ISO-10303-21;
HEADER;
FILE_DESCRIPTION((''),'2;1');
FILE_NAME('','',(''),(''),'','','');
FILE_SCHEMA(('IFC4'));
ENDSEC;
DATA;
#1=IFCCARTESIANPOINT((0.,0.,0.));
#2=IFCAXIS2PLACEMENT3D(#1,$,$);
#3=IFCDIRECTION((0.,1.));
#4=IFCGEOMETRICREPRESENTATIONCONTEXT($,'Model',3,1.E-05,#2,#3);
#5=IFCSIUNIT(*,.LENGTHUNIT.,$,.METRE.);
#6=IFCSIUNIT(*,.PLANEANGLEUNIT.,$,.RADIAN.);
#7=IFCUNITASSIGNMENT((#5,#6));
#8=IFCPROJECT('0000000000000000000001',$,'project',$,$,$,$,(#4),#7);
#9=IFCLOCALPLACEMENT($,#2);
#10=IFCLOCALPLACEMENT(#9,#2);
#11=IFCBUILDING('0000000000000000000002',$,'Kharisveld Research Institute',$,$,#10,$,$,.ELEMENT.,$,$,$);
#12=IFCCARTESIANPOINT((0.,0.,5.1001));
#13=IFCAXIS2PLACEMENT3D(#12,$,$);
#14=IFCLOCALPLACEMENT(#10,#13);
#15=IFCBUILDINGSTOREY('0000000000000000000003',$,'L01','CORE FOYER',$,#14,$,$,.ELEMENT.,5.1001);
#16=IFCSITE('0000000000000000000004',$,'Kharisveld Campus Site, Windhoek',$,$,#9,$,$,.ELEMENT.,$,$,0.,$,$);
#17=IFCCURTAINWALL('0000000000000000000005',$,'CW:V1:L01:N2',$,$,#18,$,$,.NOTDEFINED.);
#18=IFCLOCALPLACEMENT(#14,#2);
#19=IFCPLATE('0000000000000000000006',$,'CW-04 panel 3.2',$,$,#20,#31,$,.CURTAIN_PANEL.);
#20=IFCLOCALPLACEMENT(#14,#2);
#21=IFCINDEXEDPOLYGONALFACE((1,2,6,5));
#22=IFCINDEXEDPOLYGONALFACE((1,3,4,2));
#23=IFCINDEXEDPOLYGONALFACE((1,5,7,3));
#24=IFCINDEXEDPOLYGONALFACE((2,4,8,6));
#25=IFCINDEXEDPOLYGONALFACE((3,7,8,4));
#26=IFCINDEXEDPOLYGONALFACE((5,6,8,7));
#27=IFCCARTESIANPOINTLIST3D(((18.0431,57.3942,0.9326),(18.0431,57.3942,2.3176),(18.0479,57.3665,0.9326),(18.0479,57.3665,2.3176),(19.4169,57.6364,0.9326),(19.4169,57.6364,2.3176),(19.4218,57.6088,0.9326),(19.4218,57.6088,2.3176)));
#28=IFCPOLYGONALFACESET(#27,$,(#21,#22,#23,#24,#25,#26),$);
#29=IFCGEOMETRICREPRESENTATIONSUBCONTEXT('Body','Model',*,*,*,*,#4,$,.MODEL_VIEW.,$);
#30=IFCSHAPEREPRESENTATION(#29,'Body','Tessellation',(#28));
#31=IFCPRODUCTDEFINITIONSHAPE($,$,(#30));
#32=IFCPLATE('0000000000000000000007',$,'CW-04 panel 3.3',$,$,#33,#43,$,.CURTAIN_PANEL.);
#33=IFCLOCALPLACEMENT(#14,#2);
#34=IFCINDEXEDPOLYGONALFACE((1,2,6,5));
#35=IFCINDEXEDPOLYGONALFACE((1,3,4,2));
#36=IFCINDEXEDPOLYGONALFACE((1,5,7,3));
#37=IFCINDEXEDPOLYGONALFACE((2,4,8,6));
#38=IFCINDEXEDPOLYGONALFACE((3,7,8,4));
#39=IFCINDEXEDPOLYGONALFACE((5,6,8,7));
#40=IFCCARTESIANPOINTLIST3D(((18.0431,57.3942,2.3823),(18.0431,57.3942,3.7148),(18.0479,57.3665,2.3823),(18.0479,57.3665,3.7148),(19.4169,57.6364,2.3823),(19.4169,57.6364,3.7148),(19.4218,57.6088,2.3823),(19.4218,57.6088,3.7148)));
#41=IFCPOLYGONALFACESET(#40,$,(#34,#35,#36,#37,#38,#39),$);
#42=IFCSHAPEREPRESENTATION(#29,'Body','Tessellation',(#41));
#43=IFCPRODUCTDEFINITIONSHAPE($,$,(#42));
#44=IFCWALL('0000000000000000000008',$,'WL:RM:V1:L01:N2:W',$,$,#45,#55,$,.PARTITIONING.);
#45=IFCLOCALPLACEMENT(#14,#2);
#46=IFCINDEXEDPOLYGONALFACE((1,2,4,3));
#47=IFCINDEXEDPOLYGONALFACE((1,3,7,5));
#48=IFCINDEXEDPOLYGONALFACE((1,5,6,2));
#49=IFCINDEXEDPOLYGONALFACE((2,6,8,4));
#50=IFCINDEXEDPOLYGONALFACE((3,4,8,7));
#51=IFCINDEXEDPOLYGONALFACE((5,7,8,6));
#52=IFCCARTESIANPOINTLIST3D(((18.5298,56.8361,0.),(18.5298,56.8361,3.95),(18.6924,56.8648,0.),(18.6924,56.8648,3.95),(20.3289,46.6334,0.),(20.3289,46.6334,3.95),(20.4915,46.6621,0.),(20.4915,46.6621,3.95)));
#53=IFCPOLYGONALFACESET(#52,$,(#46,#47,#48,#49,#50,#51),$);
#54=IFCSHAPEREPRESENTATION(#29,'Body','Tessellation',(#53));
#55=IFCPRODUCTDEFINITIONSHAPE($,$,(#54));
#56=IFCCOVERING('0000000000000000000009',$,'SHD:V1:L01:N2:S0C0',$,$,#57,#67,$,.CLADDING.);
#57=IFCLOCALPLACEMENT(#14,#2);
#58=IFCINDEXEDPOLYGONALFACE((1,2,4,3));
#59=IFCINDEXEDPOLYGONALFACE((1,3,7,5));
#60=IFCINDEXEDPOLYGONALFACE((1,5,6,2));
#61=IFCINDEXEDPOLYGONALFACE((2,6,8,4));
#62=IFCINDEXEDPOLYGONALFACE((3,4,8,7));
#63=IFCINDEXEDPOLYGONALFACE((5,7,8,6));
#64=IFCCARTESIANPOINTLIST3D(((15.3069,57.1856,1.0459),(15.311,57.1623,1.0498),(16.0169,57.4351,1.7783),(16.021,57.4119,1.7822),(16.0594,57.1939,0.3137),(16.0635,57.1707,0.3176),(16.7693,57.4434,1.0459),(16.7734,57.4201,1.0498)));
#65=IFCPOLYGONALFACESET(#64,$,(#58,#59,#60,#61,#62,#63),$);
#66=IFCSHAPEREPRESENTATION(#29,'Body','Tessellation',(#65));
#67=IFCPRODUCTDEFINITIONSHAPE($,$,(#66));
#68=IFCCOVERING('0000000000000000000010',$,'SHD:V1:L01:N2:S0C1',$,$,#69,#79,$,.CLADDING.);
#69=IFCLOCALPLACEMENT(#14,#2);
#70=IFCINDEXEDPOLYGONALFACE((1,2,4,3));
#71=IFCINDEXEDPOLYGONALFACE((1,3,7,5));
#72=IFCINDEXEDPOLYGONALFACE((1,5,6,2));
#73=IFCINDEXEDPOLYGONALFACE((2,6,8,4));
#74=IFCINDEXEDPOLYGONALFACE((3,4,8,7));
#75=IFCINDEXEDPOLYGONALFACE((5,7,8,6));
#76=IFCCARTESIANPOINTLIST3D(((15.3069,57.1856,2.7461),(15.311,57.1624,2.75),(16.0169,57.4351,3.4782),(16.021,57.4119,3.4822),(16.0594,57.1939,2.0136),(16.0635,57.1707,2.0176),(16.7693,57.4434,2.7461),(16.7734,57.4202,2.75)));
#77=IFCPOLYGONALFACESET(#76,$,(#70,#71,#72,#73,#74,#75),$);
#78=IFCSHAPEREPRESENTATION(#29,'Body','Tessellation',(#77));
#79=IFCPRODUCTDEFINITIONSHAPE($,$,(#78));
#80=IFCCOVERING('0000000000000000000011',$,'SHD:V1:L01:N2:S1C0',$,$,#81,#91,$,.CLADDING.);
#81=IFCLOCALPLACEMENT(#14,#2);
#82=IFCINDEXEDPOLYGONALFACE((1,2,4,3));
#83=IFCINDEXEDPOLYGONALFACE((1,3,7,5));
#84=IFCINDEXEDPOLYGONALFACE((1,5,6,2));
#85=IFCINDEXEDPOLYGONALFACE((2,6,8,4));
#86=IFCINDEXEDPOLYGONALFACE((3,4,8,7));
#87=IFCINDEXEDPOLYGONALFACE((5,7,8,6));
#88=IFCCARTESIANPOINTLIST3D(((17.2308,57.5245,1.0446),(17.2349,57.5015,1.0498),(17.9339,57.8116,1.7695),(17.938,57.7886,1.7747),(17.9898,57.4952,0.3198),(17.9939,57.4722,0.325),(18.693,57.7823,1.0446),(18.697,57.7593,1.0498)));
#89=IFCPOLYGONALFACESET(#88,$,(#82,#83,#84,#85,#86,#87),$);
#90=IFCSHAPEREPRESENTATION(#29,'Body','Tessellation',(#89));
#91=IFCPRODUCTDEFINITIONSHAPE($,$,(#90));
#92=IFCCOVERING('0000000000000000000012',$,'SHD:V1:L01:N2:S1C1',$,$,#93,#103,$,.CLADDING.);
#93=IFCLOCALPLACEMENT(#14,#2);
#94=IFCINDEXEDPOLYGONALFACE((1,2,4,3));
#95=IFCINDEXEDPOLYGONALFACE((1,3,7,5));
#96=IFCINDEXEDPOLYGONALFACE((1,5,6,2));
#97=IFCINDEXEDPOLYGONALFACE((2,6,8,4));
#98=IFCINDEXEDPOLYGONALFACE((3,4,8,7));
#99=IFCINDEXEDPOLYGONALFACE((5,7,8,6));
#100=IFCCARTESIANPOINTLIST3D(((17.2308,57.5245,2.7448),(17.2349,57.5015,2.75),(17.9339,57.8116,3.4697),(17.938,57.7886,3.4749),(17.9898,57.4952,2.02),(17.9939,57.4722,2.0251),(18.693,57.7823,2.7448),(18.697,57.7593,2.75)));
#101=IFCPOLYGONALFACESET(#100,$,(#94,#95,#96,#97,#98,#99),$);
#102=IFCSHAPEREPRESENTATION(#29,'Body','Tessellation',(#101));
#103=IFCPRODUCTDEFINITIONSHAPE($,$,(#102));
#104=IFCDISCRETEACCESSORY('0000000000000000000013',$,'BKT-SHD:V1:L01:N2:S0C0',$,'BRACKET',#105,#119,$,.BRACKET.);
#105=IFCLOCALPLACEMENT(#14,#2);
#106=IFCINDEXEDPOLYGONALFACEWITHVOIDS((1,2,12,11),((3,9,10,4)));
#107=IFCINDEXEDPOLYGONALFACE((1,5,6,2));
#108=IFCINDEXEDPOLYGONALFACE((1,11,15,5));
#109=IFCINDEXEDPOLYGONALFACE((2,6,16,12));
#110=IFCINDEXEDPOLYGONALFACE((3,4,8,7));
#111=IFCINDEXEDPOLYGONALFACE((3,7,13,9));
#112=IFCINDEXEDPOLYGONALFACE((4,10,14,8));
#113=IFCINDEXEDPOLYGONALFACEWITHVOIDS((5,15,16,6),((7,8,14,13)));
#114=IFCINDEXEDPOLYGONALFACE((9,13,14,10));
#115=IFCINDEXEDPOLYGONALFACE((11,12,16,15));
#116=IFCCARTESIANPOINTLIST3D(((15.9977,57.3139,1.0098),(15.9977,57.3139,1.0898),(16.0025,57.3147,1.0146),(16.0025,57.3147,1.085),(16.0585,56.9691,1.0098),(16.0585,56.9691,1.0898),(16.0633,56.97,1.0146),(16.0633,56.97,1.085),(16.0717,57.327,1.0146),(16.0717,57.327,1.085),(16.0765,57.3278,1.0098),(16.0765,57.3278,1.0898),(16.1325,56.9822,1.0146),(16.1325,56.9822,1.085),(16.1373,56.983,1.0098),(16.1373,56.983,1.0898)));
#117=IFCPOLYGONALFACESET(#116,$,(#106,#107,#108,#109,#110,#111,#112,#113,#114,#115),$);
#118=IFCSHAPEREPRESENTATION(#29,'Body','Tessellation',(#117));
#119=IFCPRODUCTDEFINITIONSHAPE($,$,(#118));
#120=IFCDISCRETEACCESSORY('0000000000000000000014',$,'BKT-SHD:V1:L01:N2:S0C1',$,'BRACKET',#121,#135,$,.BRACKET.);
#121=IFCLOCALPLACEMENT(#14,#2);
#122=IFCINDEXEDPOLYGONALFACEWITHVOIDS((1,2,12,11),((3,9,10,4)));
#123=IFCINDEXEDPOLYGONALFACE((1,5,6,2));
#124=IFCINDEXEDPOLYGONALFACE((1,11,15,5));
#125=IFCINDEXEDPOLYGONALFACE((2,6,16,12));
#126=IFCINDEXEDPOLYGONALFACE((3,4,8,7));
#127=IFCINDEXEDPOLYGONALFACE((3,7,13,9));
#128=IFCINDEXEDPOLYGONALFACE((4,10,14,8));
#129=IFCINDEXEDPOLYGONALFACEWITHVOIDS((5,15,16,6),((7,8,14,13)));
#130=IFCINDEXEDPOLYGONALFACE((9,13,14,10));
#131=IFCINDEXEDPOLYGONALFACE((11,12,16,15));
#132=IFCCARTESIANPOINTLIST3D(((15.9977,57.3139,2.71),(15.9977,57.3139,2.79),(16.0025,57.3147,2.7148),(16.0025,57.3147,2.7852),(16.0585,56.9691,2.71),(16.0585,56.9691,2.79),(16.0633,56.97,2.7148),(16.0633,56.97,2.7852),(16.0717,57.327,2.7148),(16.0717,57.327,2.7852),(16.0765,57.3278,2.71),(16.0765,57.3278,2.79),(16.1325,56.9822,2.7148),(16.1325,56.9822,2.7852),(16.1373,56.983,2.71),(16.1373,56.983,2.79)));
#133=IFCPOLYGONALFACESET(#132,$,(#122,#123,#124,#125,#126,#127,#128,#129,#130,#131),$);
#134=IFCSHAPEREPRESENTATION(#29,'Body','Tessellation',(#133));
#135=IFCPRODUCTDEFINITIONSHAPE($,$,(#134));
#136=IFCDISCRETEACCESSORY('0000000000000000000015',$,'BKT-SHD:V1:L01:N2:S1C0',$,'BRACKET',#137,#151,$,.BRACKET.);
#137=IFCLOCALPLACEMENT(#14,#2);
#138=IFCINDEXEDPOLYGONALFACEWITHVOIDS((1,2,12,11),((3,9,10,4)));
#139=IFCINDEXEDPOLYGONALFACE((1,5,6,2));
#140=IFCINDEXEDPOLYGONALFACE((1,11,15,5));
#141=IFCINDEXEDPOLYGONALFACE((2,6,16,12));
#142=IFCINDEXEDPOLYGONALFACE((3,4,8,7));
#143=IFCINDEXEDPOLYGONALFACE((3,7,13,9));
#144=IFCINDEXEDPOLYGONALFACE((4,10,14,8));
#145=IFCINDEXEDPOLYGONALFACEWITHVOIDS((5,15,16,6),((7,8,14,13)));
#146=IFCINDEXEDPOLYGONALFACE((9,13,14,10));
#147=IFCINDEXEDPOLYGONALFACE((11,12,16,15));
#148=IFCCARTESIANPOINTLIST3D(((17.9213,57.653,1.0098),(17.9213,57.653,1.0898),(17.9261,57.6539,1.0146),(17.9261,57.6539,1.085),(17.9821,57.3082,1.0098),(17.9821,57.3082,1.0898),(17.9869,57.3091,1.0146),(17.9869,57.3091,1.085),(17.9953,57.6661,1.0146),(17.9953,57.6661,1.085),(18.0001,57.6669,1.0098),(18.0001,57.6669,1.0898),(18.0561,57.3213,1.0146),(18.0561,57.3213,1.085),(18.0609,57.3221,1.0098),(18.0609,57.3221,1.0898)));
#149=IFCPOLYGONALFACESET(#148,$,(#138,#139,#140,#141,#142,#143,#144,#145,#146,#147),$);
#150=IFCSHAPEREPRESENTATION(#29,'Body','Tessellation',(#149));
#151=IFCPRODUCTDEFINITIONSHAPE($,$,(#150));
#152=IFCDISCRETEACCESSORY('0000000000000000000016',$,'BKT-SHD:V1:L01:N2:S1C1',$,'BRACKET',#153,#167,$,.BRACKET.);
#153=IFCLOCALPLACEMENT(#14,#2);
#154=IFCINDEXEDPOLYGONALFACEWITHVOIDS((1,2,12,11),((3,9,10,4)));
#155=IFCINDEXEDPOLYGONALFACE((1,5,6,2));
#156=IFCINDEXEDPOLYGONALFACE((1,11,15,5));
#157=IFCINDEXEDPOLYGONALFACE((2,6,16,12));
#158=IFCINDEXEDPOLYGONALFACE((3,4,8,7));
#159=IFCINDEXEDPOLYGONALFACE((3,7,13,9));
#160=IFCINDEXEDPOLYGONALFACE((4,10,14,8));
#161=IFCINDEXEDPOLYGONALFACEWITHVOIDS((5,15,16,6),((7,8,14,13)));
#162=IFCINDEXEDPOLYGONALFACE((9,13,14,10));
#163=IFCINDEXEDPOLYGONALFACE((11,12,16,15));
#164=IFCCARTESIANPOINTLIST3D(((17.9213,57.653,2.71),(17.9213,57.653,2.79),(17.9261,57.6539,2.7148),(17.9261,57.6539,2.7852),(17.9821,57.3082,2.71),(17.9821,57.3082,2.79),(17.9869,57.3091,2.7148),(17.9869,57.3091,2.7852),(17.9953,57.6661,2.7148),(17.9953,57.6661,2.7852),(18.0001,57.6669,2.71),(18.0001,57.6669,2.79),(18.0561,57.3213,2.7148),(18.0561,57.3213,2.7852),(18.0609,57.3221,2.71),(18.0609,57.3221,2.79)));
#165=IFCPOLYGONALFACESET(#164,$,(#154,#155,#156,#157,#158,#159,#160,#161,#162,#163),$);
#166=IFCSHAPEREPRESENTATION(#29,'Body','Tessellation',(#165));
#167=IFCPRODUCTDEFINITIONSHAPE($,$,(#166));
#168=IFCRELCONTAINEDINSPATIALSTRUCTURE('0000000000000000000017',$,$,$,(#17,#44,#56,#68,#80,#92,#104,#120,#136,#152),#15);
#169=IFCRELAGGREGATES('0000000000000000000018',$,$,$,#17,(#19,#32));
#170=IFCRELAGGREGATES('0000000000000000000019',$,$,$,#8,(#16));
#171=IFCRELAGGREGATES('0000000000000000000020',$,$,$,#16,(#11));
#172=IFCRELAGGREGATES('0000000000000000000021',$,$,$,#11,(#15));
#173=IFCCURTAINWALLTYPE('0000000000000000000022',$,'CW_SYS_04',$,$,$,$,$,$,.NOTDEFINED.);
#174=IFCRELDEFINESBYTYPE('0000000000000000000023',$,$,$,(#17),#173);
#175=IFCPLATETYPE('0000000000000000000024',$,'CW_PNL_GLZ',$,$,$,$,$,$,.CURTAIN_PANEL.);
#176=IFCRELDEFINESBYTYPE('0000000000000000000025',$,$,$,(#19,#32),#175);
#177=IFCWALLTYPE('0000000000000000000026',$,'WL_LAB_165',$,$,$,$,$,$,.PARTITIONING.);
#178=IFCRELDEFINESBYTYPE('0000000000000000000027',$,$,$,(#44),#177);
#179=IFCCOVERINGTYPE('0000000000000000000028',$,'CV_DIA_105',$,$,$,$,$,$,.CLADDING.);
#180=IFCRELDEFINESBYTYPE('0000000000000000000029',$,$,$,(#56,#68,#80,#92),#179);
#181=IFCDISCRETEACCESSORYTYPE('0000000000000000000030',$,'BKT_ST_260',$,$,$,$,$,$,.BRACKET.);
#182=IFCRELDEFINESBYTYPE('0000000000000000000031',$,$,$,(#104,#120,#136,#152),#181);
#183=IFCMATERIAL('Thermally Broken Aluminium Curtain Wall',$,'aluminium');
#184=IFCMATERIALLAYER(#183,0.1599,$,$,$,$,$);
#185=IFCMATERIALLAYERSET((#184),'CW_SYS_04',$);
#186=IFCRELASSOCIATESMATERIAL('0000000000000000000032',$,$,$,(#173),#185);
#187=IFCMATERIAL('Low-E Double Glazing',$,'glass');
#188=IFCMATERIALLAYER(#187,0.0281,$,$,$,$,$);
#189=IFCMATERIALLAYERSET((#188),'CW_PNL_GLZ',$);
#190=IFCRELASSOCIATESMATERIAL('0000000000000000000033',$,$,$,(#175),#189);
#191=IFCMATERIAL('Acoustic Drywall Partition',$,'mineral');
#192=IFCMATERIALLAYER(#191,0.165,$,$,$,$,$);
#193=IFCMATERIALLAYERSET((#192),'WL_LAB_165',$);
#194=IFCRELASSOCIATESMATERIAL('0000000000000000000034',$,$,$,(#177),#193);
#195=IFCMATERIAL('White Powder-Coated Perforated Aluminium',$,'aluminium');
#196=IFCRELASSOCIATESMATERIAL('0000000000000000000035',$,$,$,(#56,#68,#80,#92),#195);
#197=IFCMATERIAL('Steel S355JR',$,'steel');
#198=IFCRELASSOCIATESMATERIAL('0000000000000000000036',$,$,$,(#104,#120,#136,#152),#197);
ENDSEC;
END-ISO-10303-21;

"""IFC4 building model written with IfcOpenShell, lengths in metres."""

from ifc_helpers import new_model, si_unit, direction, frame, frame_2d, origin, origin_2d, place, context, subcontext, project, spatial, polyline, rectangle, hollow_rectangle, outline, extrude, material, layer, layer_set, type_object, element, aggregate, save


model = new_model("IFC4")

# Units and contexts
model_context = context("Model", 3, precision=1e-05, world=origin(), true_north=direction((0.0, 1.0)))
body_context = subcontext(model_context, "Body", "Model", "MODEL_VIEW")
ifc_project = project(units=[si_unit("LENGTHUNIT", "METRE"), si_unit("PLANEANGLEUNIT", "RADIAN")], contexts=[model_context])

# Site, building, storey
site_placement = place(None, origin())
site = spatial("IfcSite", under=ifc_project, at=site_placement, Name="Kharisveld Campus Site, Windhoek", CompositionType="ELEMENT", RefElevation=0.0)
building_placement = place(site_placement, origin())
building = spatial("IfcBuilding", under=site, at=building_placement, Name="Kharisveld Research Institute", CompositionType="ELEMENT")
storey_placement = place(building_placement, frame((0.0, 0.0, 5.1001)))
storey = spatial("IfcBuildingStorey", under=building, at=storey_placement, Name="L01", Description="CORE FOYER", CompositionType="ELEMENT", Elevation=5.1001)

# Curtain wall
ifc_material_1 = material(Name="Thermally Broken Aluminium Curtain Wall", Category="aluminium")
ifc_layer_1 = layer(ifc_material_1, 0.1599)
ifc_layer_set_1 = layer_set([ifc_layer_1], Name="CW_SYS_04")
curtain_wall_type = type_object("IfcCurtainWallType", Name="CW_SYS_04", PredefinedType="NOTDEFINED", material=ifc_layer_set_1)
curtain_wall_placement = place(storey_placement, origin())
curtain_wall = element("IfcCurtainWall", 1, at=curtain_wall_placement, inside=storey, type_object=curtain_wall_type, Name="CW:V1:L01:N2", PredefinedType="NOTDEFINED")

# Plates
ifc_material_2 = material(Name="Low-E Double Glazing", Category="glass")
ifc_layer_2 = layer(ifc_material_2, 0.0281)
ifc_layer_set_2 = layer_set([ifc_layer_2], Name="CW_PNL_GLZ")
plate_type = type_object("IfcPlateType", Name="CW_PNL_GLZ", PredefinedType="CURTAIN_PANEL", material=ifc_layer_set_2)
plate_1_placement = place(storey_placement, frame((18.7324, 57.5015, 0.9326), z_axis=(0.0, 0.0, 1.0), x_axis=(0.984808, 0.173648, 0.0)))
plate_1 = element("IfcPlate", 2, at=plate_1_placement, type_object=plate_type, Name="CW-04 panel 3.2", PredefinedType="CURTAIN_PANEL", context=body_context, shape_type="SweptSolid", body=[
    extrude(rectangle(XDim=1.395, YDim=0.0281, at=origin_2d()), origin(), (0.0, 0.0, 1.0), 1.385),
])
plate_2_placement = place(storey_placement, frame((18.7324, 57.5015, 2.3823), z_axis=(0.0, 0.0, 1.0), x_axis=(0.984808, 0.173648, 0.0)))
plate_2 = element("IfcPlate", 3, at=plate_2_placement, type_object=plate_type, Name="CW-04 panel 3.3", PredefinedType="CURTAIN_PANEL", context=body_context, shape_type="SweptSolid", body=[
    extrude(rectangle(XDim=1.395, YDim=0.0281, at=origin_2d()), origin(), (0.0, 0.0, 1.0), 1.3325),
])
aggregate(curtain_wall, [plate_1, plate_2])

# Wall
ifc_material_3 = material(Name="Acoustic Drywall Partition", Category="mineral")
ifc_layer_3 = layer(ifc_material_3, 0.165)
ifc_layer_set_3 = layer_set([ifc_layer_3], Name="WL_LAB_165")
wall_type = type_object("IfcWallType", Name="WL_LAB_165", PredefinedType="PARTITIONING", material=ifc_layer_set_3)
wall_placement = place(storey_placement, frame((18.6111, 56.8506, 0.0), z_axis=(0.0, 0.0, 1.0), x_axis=(0.173655, -0.984807, 0.0)))
element("IfcWall", 4, at=wall_placement, inside=storey, type_object=wall_type, Name="WL:RM:V1:L01:N2:W", PredefinedType="PARTITIONING", context=body_context, shape_type="SweptSolid", body=[
    extrude(rectangle(XDim=10.3601, YDim=0.165, at=frame_2d((5.1802, 0.0))), origin(), (0.0, 0.0, 1.0), 3.95),
])

# Coverings
ifc_material_4 = material(Name="White Powder-Coated Perforated Aluminium", Category="aluminium")
covering_type = type_object("IfcCoveringType", Name="CV_DIA_105", PredefinedType="CLADDING")
covering_1_placement = place(storey_placement, frame((16.0635, 57.1707, 0.3176), z_axis=(0.171239, -0.971325, 0.164938), x_axis=(0.676192, 0.237624, 0.697352)))
element("IfcCovering", 5, at=covering_1_placement, inside=storey, type_object=covering_type, material=ifc_material_4, Name="SHD:V1:L01:N2:S0C0", PredefinedType="CLADDING", context=body_context, shape_type="SweptSolid", body=[
    extrude(outline(polyline([(0.0, 0.0), (1.0499, 0.0), (1.0499, 1.0501), (-0.0002, 1.0499), (0.0, 0.0)])), origin(), (0.0, 0.0, -1.0), 0.0239),
])
covering_2_placement = place(storey_placement, frame((16.0635, 57.1707, 2.0176), z_axis=(0.171239, -0.971325, 0.164938), x_axis=(0.676076, 0.237623, 0.697465)))
element("IfcCovering", 6, at=covering_2_placement, inside=storey, type_object=covering_type, material=ifc_material_4, Name="SHD:V1:L01:N2:S0C1", PredefinedType="CLADDING", context=body_context, shape_type="SweptSolid", body=[
    extrude(outline(polyline([(0.0, 0.0), (1.0501, 0.0), (1.0501, 1.0499), (0.0002, 1.0501), (0.0, 0.0)])), origin(), (0.0, 0.0, -1.0), 0.0239),
])
for number, where, z_axis, x_axis, name in (
    (7, (17.9939, 57.4722, 0.325), (0.169531, -0.961476, 0.216385), (0.669725, 0.273471, 0.690421), "SHD:V1:L01:N2:S1C0"),
    (8, (17.9939, 57.4722, 2.0251), (0.169531, -0.961476, 0.216385), (0.669725, 0.273471, 0.690421), "SHD:V1:L01:N2:S1C1"),
):
    element("IfcCovering", number, at=place(storey_placement, frame(where, z_axis=z_axis, x_axis=x_axis)), inside=storey, type_object=covering_type, material=ifc_material_4, Name=name, PredefinedType="CLADDING", context=body_context, shape_type="SweptSolid", body=[
        extrude(outline(polyline([(0.0, 0.0), (1.0499, 0.0), (1.05, 1.05), (0.0001, 1.05), (0.0, 0.0)])), origin(), (0.0, 0.0, -1.0), 0.0239),
    ])

# Discrete accessories
ifc_material_5 = material(Name="Steel S355JR", Category="steel")
discrete_accessory_type = type_object("IfcDiscreteAccessoryType", Name="BKT_ST_260", PredefinedType="BRACKET")
for number, where, z_axis, x_axis, name in (
    (9, (16.0979, 56.9761, 1.0498), (-0.173666, 0.984805, 0.0), (-0.984805, -0.173666, 0.0), "BKT-SHD:V1:L01:N2:S0C0"),
    (10, (16.0979, 56.9761, 2.75), (-0.173666, 0.984805, 0.0), (-0.984805, -0.173666, 0.0), "BKT-SHD:V1:L01:N2:S0C1"),
    (11, (18.0215, 57.3152, 1.0498), (-0.173666, 0.984805, 0.0), (-0.984805, -0.173666, 0.0), "BKT-SHD:V1:L01:N2:S1C0"),
    (12, (18.0215, 57.3152, 2.75), (-0.173666, 0.984805, 0.0), (-0.984805, -0.173666, 0.0), "BKT-SHD:V1:L01:N2:S1C1"),
):
    element("IfcDiscreteAccessory", number, at=place(storey_placement, frame(where, z_axis=z_axis, x_axis=x_axis)), inside=storey, type_object=discrete_accessory_type, material=ifc_material_5, Name=name, ObjectType="BRACKET", PredefinedType="BRACKET", context=body_context, shape_type="SweptSolid", body=[
        extrude(hollow_rectangle(XDim=0.0801, YDim=0.0801, WallThickness=0.0049, at=origin_2d()), origin(), (0.0, 0.0, 1.0), 0.3501),
    ])

save(model, "model.ifc")
